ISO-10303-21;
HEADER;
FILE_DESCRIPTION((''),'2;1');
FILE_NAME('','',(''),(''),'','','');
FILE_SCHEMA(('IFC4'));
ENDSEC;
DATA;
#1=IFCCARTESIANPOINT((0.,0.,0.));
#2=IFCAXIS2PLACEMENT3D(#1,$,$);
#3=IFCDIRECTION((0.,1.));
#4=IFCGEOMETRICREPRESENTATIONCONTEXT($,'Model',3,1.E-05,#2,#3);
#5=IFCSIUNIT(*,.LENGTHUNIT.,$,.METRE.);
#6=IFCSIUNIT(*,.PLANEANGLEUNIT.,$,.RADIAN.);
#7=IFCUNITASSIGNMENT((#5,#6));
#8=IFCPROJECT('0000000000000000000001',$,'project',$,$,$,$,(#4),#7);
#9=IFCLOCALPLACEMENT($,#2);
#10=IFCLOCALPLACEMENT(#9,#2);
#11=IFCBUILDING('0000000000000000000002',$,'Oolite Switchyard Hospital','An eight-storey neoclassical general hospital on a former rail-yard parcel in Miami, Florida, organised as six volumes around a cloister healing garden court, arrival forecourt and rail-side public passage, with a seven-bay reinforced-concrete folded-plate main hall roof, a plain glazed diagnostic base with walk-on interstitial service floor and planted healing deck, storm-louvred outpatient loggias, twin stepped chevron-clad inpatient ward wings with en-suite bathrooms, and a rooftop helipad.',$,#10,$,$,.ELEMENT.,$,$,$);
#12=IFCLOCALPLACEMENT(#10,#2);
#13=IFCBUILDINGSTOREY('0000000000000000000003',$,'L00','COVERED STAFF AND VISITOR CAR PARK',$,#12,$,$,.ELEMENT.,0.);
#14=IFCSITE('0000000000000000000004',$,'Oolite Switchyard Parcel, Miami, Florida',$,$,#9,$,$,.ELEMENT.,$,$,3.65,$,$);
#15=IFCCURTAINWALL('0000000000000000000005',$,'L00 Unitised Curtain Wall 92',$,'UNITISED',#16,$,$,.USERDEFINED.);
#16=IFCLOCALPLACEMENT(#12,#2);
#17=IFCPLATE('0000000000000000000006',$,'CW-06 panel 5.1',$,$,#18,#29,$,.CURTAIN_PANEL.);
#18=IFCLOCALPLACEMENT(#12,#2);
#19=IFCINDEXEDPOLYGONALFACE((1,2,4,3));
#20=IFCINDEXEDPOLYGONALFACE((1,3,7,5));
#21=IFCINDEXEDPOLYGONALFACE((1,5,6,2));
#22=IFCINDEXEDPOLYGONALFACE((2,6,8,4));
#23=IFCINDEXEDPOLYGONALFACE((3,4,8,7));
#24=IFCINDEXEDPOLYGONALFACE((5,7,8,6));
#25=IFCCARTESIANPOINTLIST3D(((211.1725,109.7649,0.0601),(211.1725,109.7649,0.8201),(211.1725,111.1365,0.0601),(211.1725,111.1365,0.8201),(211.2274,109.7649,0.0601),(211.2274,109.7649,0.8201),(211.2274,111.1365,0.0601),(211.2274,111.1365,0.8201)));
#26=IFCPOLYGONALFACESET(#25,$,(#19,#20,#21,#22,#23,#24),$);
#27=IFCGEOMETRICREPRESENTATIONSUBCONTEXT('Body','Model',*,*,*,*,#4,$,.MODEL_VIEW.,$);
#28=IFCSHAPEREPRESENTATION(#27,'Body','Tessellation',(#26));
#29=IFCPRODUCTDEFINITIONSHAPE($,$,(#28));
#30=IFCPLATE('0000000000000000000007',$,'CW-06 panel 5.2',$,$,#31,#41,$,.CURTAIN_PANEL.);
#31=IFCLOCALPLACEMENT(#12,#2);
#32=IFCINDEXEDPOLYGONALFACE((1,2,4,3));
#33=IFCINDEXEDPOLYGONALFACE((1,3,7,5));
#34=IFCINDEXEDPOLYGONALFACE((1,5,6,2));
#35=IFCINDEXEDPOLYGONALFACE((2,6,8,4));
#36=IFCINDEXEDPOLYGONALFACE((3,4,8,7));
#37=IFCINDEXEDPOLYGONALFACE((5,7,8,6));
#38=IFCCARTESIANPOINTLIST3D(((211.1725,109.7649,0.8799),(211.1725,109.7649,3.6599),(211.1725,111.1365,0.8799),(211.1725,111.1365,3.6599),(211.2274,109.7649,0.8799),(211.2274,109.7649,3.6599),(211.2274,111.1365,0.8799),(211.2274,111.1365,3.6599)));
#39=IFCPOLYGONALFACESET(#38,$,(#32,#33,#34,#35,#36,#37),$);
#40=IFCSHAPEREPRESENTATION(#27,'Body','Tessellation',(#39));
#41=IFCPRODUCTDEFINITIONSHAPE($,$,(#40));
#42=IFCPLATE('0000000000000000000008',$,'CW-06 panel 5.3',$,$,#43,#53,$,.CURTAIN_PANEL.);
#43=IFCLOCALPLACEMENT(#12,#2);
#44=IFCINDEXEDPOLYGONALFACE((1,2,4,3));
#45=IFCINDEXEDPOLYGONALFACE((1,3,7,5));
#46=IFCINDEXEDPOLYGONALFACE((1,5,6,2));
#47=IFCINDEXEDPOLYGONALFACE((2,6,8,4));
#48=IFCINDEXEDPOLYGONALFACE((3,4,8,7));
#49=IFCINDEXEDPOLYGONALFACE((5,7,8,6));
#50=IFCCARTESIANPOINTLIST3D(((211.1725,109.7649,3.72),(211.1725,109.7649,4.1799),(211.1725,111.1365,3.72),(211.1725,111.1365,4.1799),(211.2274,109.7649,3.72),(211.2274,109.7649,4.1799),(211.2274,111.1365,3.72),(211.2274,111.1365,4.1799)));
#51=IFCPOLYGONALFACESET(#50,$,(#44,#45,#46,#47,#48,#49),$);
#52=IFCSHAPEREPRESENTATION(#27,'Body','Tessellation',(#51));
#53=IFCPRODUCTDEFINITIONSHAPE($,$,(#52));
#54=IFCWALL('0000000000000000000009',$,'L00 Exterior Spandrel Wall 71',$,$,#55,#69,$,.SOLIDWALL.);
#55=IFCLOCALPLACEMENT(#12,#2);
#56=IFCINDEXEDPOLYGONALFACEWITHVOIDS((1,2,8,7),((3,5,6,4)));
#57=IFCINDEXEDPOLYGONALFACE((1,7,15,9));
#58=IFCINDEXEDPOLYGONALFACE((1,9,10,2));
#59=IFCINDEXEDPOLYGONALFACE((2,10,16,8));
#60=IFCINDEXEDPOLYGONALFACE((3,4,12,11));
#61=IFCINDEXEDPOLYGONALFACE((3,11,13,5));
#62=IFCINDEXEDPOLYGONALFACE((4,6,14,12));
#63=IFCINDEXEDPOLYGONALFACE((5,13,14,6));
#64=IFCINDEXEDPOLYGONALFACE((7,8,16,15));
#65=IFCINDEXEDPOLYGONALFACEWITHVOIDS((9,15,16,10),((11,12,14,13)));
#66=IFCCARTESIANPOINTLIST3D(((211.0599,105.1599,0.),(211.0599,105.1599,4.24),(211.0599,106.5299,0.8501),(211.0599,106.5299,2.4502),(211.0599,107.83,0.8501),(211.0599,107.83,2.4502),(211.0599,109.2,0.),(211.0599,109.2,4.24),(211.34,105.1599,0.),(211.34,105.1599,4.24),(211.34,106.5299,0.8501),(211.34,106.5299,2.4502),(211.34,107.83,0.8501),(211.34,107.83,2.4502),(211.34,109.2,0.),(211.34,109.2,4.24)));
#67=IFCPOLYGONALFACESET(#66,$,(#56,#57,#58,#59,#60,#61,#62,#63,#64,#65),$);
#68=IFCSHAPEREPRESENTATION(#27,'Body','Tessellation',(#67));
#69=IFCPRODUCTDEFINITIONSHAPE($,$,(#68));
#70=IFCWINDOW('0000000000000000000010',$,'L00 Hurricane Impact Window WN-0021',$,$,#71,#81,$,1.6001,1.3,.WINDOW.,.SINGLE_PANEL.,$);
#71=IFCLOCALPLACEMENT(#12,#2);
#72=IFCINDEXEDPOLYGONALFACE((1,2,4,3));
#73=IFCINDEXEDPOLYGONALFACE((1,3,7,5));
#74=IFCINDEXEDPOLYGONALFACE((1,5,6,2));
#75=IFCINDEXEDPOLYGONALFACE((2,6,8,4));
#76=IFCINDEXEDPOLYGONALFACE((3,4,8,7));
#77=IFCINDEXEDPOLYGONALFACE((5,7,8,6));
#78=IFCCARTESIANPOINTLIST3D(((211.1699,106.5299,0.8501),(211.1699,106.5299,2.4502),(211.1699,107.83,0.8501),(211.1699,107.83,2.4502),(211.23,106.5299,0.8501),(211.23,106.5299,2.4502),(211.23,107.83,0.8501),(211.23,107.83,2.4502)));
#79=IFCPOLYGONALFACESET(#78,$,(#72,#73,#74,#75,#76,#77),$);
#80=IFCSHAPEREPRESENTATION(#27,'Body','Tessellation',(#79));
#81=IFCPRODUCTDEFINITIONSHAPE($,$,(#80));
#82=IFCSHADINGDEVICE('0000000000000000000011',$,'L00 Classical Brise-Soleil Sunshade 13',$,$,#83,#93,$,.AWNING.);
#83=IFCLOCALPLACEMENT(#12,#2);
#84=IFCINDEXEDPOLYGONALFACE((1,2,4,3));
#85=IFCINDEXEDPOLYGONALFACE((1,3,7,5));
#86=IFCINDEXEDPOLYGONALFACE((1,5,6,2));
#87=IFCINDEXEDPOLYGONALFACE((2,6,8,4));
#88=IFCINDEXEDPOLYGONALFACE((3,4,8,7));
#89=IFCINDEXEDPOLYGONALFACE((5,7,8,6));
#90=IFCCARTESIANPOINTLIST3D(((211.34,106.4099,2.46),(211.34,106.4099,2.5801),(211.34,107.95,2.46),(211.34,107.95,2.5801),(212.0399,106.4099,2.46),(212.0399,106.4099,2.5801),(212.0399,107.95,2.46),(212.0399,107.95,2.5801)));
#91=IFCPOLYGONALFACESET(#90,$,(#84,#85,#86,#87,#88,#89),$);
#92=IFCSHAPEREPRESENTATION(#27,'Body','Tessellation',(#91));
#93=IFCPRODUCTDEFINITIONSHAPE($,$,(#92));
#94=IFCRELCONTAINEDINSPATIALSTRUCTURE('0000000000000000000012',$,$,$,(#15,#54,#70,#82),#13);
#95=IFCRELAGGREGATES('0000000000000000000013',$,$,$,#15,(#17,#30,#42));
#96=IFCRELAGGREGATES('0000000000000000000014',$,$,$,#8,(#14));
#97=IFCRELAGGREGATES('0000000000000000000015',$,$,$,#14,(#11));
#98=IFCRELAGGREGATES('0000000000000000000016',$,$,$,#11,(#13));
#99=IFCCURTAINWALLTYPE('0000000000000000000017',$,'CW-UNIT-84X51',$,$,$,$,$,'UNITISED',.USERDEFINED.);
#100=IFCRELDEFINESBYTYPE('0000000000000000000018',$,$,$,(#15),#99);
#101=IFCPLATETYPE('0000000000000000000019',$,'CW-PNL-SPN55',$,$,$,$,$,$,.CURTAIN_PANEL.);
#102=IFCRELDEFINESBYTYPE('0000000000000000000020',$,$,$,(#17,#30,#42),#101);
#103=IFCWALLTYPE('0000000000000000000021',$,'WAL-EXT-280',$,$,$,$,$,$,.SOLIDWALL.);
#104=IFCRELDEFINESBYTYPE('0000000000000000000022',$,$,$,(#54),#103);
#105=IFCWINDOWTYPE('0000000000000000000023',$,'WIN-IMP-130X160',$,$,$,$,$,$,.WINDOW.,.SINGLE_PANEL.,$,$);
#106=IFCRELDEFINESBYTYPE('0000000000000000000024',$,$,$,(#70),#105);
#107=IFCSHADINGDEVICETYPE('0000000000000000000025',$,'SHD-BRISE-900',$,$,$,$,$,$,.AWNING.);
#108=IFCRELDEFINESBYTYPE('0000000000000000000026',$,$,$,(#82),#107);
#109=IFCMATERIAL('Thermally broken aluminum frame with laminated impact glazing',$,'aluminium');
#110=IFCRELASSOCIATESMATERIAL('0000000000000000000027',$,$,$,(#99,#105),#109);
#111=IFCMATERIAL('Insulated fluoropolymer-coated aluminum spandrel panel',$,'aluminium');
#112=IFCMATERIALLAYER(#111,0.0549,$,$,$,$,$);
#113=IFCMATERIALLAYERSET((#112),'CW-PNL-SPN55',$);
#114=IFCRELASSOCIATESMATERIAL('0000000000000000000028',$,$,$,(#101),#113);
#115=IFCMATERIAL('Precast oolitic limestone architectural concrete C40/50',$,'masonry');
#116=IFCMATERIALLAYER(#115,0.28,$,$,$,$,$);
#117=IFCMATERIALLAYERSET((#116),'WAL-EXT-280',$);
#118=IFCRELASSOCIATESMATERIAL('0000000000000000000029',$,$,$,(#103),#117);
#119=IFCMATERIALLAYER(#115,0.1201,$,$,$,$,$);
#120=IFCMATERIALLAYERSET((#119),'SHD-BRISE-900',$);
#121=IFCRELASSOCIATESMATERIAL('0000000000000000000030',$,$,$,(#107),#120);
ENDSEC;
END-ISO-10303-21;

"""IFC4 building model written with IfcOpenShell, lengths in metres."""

from ifc_helpers import new_model, si_unit, direction, frame, frame_2d, origin, origin_2d, place, context, subcontext, project, spatial, rectangle, extrude, material, layer, layer_set, type_object, element, fill, aggregate, save


model = new_model("IFC4")

# Units and contexts
model_context = context("Model", 3, precision=1e-05, world=origin(), true_north=direction((0.0, 1.0)))
body_context = subcontext(model_context, "Body", "Model", "MODEL_VIEW")
ifc_project = project(units=[si_unit("LENGTHUNIT", "METRE"), si_unit("PLANEANGLEUNIT", "RADIAN")], contexts=[model_context])

# Site, building, storey
site_placement = place(None, origin())
site = spatial("IfcSite", under=ifc_project, at=site_placement, Name="Oolite Switchyard Parcel, Miami, Florida", CompositionType="ELEMENT", RefElevation=3.65)
building_placement = place(site_placement, origin())
building = spatial("IfcBuilding", under=site, at=building_placement, Name="Oolite Switchyard Hospital", Description="An eight-storey neoclassical general hospital on a former rail-yard parcel in Miami, Florida, organised as six volumes around a cloister healing garden court, arrival forecourt and rail-side public passage, with a seven-bay reinforced-concrete folded-plate main hall roof, a plain glazed diagnostic base with walk-on interstitial service floor and planted healing deck, storm-louvred outpatient loggias, twin stepped chevron-clad inpatient ward wings with en-suite bathrooms, and a rooftop helipad.", CompositionType="ELEMENT")
storey_placement = place(building_placement, origin())
storey = spatial("IfcBuildingStorey", under=building, at=storey_placement, Name="L00", Description="COVERED STAFF AND VISITOR CAR PARK", CompositionType="ELEMENT", Elevation=0.0)

# Shared definitions
ifc_material_1 = material(Name="Thermally broken aluminum frame with laminated impact glazing", Category="aluminium")
curtain_wall_type = type_object("IfcCurtainWallType", Name="CW-UNIT-84X51", ElementType="UNITISED", PredefinedType="USERDEFINED", material=ifc_material_1)

# Curtain wall
curtain_wall_1_placement = place(storey_placement, origin())
curtain_wall_1 = element("IfcCurtainWall", 1, at=curtain_wall_1_placement, inside=storey, type_object=curtain_wall_type, Name="L00 Unitised Curtain Wall 92", ObjectType="UNITISED", PredefinedType="USERDEFINED")

# Plates
ifc_material_2 = material(Name="Insulated fluoropolymer-coated aluminum spandrel panel", Category="aluminium")
ifc_layer_1 = layer(ifc_material_2, 0.0549)
ifc_layer_set_1 = layer_set([ifc_layer_1], Name="CW-PNL-SPN55")
plate_type = type_object("IfcPlateType", Name="CW-PNL-SPN55", PredefinedType="CURTAIN_PANEL", material=ifc_layer_set_1)
plate_1_placement = place(storey_placement, frame((211.2, 110.4507, 0.0601), z_axis=(0.0, 0.0, 1.0), x_axis=(0.0, -1.0, 0.0)))
plate_1 = element("IfcPlate", 2, at=plate_1_placement, type_object=plate_type, Name="CW-06 panel 5.1", PredefinedType="CURTAIN_PANEL", context=body_context, shape_type="SweptSolid", body=[
    extrude(rectangle(XDim=1.3716, YDim=0.0549, at=origin_2d()), origin(), (0.0, 0.0, 1.0), 0.76),
])
plate_2_placement = place(storey_placement, frame((211.2, 110.4507, 0.8799), z_axis=(0.0, 0.0, 1.0), x_axis=(0.0, -1.0, 0.0)))
plate_2 = element("IfcPlate", 3, at=plate_2_placement, type_object=plate_type, Name="CW-06 panel 5.2", PredefinedType="CURTAIN_PANEL", context=body_context, shape_type="SweptSolid", body=[
    extrude(rectangle(XDim=1.3716, YDim=0.0549, at=origin_2d()), origin(), (0.0, 0.0, 1.0), 2.78),
])
plate_3_placement = place(storey_placement, frame((211.2, 110.4507, 3.72), z_axis=(0.0, 0.0, 1.0), x_axis=(0.0, -1.0, 0.0)))
plate_3 = element("IfcPlate", 4, at=plate_3_placement, type_object=plate_type, Name="CW-06 panel 5.3", PredefinedType="CURTAIN_PANEL", context=body_context, shape_type="SweptSolid", body=[
    extrude(rectangle(XDim=1.3716, YDim=0.0549, at=origin_2d()), origin(), (0.0, 0.0, 1.0), 0.46),
])
aggregate(curtain_wall_1, [plate_1, plate_2, plate_3])

# Wall, opening, window
ifc_material_3 = material(Name="Precast oolitic limestone architectural concrete C40/50", Category="masonry")
ifc_layer_2 = layer(ifc_material_3, 0.28)
ifc_layer_set_2 = layer_set([ifc_layer_2], Name="WAL-EXT-280")
wall_type = type_object("IfcWallType", Name="WAL-EXT-280", PredefinedType="SOLIDWALL", material=ifc_layer_set_2)
wall_placement = place(storey_placement, frame((211.2, 109.2, 0.0), z_axis=(0.0, 0.0, 1.0), x_axis=(0.0, -1.0, 0.0)))
wall = element("IfcWall", 5, at=wall_placement, inside=storey, type_object=wall_type, Name="L00 Exterior Spandrel Wall 71", PredefinedType="SOLIDWALL", context=body_context, shape_type="SweptSolid", body=[
    extrude(rectangle(XDim=4.04, YDim=0.28, at=frame_2d((2.02, 0.0))), origin(), (0.0, 0.0, 1.0), 4.24),
])
opening_placement = place(wall_placement, frame((1.3701, 0.0, 0.8501)))
opening = element("IfcOpeningElement", 6, at=opening_placement, cuts=wall, PredefinedType="OPENING", context=body_context, shape_type="SweptSolid", body=[
    extrude(rectangle(XDim=1.3, YDim=1.6001, at=frame_2d((0.6499, 0.8))), frame((0.0, 0.1499, 0.0), z_axis=(0.0, -1.0, 0.0), x_axis=(1.0, 0.0, 0.0)), (0.0, 0.0, 1.0), 0.3),
])
window_type = type_object("IfcWindowType", Name="WIN-IMP-130X160", PartitioningType="SINGLE_PANEL", PredefinedType="WINDOW", material=ifc_material_1)
window_placement = place(opening_placement, origin())
window = element("IfcWindow", 7, at=window_placement, inside=storey, type_object=window_type, Name="L00 Hurricane Impact Window WN-0021", OverallHeight=1.6001, OverallWidth=1.3, PartitioningType="SINGLE_PANEL", PredefinedType="WINDOW", context=body_context, shape_type="SweptSolid", body=[
    extrude(rectangle(XDim=1.3, YDim=1.6001, at=frame_2d((0.6499, 0.8))), frame((0.0, 0.03, 0.0), z_axis=(0.0, -1.0, 0.0), x_axis=(1.0, 0.0, 0.0)), (0.0, 0.0, 1.0), 0.0601),
])
fill(opening, window)

# Shading device
ifc_layer_3 = layer(ifc_material_3, 0.1201)
ifc_layer_set_3 = layer_set([ifc_layer_3], Name="SHD-BRISE-900")
shading_device_type = type_object("IfcShadingDeviceType", Name="SHD-BRISE-900", PredefinedType="AWNING", material=ifc_layer_set_3)
shading_device_placement = place(storey_placement, frame((211.6899, 107.1799, 2.46), z_axis=(0.0, 0.0, 1.0), x_axis=(0.0, 1.0, 0.0)))
element("IfcShadingDevice", 8, at=shading_device_placement, inside=storey, type_object=shading_device_type, Name="L00 Classical Brise-Soleil Sunshade 13", PredefinedType="AWNING", context=body_context, shape_type="SweptSolid", body=[
    extrude(rectangle(XDim=1.54, YDim=0.7, at=origin_2d()), origin(), (0.0, 0.0, 1.0), 0.1201),
])

save(model, "model.ifc")
